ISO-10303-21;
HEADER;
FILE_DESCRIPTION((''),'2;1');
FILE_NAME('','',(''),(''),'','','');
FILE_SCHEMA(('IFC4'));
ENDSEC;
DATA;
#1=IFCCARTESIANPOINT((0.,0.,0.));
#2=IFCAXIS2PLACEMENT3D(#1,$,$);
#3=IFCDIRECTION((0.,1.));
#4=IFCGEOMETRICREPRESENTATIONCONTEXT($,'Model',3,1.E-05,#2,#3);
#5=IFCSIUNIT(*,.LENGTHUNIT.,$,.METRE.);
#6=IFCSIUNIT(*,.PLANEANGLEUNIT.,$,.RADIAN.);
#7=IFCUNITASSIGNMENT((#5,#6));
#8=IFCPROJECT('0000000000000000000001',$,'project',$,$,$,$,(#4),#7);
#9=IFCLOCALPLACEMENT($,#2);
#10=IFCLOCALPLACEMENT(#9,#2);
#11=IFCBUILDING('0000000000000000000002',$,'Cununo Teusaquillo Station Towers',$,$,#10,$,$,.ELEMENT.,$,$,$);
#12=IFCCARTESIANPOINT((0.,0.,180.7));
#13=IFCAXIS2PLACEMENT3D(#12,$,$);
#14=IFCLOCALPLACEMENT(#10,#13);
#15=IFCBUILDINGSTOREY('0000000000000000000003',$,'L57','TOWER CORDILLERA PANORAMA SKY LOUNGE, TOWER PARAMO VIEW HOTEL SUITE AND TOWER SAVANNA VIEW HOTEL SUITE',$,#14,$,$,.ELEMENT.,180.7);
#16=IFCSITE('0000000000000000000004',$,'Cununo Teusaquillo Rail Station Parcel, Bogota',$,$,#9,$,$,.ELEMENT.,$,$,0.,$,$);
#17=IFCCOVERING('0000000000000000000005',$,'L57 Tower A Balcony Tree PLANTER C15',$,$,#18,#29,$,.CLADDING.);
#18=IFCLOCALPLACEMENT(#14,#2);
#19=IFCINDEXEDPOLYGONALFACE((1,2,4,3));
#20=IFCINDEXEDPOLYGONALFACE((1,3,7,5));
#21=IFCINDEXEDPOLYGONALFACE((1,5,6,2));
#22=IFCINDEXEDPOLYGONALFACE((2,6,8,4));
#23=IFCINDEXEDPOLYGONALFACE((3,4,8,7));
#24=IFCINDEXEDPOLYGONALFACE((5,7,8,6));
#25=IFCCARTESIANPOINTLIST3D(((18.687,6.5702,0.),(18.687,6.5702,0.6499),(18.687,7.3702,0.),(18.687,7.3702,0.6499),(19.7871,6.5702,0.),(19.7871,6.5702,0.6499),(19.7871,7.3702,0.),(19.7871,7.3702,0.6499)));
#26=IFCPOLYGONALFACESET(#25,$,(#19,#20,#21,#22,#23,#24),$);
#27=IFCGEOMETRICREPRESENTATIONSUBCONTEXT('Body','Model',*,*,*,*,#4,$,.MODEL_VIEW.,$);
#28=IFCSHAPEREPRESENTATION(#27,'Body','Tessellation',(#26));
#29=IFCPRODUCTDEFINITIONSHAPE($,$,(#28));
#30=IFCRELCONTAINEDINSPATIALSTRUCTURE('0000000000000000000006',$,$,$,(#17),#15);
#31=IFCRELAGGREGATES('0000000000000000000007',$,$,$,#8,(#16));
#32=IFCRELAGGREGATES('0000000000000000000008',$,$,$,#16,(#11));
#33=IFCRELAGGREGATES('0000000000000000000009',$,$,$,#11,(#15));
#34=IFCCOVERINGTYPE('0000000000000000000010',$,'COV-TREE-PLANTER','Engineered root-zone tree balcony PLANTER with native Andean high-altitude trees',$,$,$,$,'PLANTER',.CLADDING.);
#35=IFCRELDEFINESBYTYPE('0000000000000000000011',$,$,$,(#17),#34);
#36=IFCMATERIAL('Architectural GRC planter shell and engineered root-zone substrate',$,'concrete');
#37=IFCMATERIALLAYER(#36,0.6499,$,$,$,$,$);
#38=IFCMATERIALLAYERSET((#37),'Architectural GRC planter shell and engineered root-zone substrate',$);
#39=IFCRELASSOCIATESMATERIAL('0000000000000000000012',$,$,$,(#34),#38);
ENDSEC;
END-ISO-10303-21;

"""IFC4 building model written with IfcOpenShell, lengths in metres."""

from ifc_helpers import new_model, si_unit, direction, frame, origin, origin_2d, place, context, subcontext, project, spatial, rectangle, extrude, source, transform, mapped, material, layer, layer_set, type_object, element, save


model = new_model("IFC4")

# Units and contexts
model_context = context("Model", 3, precision=1e-05, world=origin(), true_north=direction((0.0, 1.0)))
body_context = subcontext(model_context, "Body", "Model", "MODEL_VIEW")
ifc_project = project(units=[si_unit("LENGTHUNIT", "METRE"), si_unit("PLANEANGLEUNIT", "RADIAN")], contexts=[model_context])

# Site, building, storey
site_placement = place(None, origin())
site = spatial("IfcSite", under=ifc_project, at=site_placement, Name="Cununo Teusaquillo Rail Station Parcel, Bogota", CompositionType="ELEMENT", RefElevation=0.0)
building_placement = place(site_placement, origin())
building = spatial("IfcBuilding", under=site, at=building_placement, Name="Cununo Teusaquillo Station Towers", CompositionType="ELEMENT")
storey_placement = place(building_placement, frame((0.0, 0.0, 180.7)))
storey = spatial("IfcBuildingStorey", under=building, at=storey_placement, Name="L57", Description="TOWER CORDILLERA PANORAMA SKY LOUNGE, TOWER PARAMO VIEW HOTEL SUITE AND TOWER SAVANNA VIEW HOTEL SUITE", CompositionType="ELEMENT", Elevation=180.7)

# Covering
ifc_material_1 = material(Name="Architectural GRC planter shell and engineered root-zone substrate", Category="concrete")
ifc_layer_1 = layer(ifc_material_1, 0.6499)
ifc_layer_set_1 = layer_set([ifc_layer_1], Name="Architectural GRC planter shell and engineered root-zone substrate")
covering_type = type_object("IfcCoveringType", Name="COV-TREE-PLANTER", Description="Engineered root-zone tree balcony PLANTER with native Andean high-altitude trees", ElementType="PLANTER", PredefinedType="CLADDING", material=ifc_layer_set_1)
shared_shape_1 = source(origin(), body_context, "Body", "SweptSolid", [
    extrude(rectangle(XDim=1.1001, YDim=0.8, at=origin_2d()), origin(), (0.0, 0.0, 1.0), 0.6499),
])
covering_placement = place(storey_placement, frame((19.2371, 6.9702, 0.0), z_axis=(0.0, 0.0, 1.0), x_axis=(1.0, 0.0, 0.0)))
element("IfcCovering", 1, at=covering_placement, inside=storey, type_object=covering_type, Name="L57 Tower A Balcony Tree PLANTER C15", PredefinedType="CLADDING", context=body_context, shape_type="MappedRepresentation", body=[
    mapped(shared_shape_1, transform((0.0, 0.0, 0.0), x_axis=(1.0, 0.0, 0.0), y_axis=(0.0, 1.0, 0.0), z_axis=(0.0, 0.0, 1.0), scale=1.0)),
])

save(model, "model.ifc")
